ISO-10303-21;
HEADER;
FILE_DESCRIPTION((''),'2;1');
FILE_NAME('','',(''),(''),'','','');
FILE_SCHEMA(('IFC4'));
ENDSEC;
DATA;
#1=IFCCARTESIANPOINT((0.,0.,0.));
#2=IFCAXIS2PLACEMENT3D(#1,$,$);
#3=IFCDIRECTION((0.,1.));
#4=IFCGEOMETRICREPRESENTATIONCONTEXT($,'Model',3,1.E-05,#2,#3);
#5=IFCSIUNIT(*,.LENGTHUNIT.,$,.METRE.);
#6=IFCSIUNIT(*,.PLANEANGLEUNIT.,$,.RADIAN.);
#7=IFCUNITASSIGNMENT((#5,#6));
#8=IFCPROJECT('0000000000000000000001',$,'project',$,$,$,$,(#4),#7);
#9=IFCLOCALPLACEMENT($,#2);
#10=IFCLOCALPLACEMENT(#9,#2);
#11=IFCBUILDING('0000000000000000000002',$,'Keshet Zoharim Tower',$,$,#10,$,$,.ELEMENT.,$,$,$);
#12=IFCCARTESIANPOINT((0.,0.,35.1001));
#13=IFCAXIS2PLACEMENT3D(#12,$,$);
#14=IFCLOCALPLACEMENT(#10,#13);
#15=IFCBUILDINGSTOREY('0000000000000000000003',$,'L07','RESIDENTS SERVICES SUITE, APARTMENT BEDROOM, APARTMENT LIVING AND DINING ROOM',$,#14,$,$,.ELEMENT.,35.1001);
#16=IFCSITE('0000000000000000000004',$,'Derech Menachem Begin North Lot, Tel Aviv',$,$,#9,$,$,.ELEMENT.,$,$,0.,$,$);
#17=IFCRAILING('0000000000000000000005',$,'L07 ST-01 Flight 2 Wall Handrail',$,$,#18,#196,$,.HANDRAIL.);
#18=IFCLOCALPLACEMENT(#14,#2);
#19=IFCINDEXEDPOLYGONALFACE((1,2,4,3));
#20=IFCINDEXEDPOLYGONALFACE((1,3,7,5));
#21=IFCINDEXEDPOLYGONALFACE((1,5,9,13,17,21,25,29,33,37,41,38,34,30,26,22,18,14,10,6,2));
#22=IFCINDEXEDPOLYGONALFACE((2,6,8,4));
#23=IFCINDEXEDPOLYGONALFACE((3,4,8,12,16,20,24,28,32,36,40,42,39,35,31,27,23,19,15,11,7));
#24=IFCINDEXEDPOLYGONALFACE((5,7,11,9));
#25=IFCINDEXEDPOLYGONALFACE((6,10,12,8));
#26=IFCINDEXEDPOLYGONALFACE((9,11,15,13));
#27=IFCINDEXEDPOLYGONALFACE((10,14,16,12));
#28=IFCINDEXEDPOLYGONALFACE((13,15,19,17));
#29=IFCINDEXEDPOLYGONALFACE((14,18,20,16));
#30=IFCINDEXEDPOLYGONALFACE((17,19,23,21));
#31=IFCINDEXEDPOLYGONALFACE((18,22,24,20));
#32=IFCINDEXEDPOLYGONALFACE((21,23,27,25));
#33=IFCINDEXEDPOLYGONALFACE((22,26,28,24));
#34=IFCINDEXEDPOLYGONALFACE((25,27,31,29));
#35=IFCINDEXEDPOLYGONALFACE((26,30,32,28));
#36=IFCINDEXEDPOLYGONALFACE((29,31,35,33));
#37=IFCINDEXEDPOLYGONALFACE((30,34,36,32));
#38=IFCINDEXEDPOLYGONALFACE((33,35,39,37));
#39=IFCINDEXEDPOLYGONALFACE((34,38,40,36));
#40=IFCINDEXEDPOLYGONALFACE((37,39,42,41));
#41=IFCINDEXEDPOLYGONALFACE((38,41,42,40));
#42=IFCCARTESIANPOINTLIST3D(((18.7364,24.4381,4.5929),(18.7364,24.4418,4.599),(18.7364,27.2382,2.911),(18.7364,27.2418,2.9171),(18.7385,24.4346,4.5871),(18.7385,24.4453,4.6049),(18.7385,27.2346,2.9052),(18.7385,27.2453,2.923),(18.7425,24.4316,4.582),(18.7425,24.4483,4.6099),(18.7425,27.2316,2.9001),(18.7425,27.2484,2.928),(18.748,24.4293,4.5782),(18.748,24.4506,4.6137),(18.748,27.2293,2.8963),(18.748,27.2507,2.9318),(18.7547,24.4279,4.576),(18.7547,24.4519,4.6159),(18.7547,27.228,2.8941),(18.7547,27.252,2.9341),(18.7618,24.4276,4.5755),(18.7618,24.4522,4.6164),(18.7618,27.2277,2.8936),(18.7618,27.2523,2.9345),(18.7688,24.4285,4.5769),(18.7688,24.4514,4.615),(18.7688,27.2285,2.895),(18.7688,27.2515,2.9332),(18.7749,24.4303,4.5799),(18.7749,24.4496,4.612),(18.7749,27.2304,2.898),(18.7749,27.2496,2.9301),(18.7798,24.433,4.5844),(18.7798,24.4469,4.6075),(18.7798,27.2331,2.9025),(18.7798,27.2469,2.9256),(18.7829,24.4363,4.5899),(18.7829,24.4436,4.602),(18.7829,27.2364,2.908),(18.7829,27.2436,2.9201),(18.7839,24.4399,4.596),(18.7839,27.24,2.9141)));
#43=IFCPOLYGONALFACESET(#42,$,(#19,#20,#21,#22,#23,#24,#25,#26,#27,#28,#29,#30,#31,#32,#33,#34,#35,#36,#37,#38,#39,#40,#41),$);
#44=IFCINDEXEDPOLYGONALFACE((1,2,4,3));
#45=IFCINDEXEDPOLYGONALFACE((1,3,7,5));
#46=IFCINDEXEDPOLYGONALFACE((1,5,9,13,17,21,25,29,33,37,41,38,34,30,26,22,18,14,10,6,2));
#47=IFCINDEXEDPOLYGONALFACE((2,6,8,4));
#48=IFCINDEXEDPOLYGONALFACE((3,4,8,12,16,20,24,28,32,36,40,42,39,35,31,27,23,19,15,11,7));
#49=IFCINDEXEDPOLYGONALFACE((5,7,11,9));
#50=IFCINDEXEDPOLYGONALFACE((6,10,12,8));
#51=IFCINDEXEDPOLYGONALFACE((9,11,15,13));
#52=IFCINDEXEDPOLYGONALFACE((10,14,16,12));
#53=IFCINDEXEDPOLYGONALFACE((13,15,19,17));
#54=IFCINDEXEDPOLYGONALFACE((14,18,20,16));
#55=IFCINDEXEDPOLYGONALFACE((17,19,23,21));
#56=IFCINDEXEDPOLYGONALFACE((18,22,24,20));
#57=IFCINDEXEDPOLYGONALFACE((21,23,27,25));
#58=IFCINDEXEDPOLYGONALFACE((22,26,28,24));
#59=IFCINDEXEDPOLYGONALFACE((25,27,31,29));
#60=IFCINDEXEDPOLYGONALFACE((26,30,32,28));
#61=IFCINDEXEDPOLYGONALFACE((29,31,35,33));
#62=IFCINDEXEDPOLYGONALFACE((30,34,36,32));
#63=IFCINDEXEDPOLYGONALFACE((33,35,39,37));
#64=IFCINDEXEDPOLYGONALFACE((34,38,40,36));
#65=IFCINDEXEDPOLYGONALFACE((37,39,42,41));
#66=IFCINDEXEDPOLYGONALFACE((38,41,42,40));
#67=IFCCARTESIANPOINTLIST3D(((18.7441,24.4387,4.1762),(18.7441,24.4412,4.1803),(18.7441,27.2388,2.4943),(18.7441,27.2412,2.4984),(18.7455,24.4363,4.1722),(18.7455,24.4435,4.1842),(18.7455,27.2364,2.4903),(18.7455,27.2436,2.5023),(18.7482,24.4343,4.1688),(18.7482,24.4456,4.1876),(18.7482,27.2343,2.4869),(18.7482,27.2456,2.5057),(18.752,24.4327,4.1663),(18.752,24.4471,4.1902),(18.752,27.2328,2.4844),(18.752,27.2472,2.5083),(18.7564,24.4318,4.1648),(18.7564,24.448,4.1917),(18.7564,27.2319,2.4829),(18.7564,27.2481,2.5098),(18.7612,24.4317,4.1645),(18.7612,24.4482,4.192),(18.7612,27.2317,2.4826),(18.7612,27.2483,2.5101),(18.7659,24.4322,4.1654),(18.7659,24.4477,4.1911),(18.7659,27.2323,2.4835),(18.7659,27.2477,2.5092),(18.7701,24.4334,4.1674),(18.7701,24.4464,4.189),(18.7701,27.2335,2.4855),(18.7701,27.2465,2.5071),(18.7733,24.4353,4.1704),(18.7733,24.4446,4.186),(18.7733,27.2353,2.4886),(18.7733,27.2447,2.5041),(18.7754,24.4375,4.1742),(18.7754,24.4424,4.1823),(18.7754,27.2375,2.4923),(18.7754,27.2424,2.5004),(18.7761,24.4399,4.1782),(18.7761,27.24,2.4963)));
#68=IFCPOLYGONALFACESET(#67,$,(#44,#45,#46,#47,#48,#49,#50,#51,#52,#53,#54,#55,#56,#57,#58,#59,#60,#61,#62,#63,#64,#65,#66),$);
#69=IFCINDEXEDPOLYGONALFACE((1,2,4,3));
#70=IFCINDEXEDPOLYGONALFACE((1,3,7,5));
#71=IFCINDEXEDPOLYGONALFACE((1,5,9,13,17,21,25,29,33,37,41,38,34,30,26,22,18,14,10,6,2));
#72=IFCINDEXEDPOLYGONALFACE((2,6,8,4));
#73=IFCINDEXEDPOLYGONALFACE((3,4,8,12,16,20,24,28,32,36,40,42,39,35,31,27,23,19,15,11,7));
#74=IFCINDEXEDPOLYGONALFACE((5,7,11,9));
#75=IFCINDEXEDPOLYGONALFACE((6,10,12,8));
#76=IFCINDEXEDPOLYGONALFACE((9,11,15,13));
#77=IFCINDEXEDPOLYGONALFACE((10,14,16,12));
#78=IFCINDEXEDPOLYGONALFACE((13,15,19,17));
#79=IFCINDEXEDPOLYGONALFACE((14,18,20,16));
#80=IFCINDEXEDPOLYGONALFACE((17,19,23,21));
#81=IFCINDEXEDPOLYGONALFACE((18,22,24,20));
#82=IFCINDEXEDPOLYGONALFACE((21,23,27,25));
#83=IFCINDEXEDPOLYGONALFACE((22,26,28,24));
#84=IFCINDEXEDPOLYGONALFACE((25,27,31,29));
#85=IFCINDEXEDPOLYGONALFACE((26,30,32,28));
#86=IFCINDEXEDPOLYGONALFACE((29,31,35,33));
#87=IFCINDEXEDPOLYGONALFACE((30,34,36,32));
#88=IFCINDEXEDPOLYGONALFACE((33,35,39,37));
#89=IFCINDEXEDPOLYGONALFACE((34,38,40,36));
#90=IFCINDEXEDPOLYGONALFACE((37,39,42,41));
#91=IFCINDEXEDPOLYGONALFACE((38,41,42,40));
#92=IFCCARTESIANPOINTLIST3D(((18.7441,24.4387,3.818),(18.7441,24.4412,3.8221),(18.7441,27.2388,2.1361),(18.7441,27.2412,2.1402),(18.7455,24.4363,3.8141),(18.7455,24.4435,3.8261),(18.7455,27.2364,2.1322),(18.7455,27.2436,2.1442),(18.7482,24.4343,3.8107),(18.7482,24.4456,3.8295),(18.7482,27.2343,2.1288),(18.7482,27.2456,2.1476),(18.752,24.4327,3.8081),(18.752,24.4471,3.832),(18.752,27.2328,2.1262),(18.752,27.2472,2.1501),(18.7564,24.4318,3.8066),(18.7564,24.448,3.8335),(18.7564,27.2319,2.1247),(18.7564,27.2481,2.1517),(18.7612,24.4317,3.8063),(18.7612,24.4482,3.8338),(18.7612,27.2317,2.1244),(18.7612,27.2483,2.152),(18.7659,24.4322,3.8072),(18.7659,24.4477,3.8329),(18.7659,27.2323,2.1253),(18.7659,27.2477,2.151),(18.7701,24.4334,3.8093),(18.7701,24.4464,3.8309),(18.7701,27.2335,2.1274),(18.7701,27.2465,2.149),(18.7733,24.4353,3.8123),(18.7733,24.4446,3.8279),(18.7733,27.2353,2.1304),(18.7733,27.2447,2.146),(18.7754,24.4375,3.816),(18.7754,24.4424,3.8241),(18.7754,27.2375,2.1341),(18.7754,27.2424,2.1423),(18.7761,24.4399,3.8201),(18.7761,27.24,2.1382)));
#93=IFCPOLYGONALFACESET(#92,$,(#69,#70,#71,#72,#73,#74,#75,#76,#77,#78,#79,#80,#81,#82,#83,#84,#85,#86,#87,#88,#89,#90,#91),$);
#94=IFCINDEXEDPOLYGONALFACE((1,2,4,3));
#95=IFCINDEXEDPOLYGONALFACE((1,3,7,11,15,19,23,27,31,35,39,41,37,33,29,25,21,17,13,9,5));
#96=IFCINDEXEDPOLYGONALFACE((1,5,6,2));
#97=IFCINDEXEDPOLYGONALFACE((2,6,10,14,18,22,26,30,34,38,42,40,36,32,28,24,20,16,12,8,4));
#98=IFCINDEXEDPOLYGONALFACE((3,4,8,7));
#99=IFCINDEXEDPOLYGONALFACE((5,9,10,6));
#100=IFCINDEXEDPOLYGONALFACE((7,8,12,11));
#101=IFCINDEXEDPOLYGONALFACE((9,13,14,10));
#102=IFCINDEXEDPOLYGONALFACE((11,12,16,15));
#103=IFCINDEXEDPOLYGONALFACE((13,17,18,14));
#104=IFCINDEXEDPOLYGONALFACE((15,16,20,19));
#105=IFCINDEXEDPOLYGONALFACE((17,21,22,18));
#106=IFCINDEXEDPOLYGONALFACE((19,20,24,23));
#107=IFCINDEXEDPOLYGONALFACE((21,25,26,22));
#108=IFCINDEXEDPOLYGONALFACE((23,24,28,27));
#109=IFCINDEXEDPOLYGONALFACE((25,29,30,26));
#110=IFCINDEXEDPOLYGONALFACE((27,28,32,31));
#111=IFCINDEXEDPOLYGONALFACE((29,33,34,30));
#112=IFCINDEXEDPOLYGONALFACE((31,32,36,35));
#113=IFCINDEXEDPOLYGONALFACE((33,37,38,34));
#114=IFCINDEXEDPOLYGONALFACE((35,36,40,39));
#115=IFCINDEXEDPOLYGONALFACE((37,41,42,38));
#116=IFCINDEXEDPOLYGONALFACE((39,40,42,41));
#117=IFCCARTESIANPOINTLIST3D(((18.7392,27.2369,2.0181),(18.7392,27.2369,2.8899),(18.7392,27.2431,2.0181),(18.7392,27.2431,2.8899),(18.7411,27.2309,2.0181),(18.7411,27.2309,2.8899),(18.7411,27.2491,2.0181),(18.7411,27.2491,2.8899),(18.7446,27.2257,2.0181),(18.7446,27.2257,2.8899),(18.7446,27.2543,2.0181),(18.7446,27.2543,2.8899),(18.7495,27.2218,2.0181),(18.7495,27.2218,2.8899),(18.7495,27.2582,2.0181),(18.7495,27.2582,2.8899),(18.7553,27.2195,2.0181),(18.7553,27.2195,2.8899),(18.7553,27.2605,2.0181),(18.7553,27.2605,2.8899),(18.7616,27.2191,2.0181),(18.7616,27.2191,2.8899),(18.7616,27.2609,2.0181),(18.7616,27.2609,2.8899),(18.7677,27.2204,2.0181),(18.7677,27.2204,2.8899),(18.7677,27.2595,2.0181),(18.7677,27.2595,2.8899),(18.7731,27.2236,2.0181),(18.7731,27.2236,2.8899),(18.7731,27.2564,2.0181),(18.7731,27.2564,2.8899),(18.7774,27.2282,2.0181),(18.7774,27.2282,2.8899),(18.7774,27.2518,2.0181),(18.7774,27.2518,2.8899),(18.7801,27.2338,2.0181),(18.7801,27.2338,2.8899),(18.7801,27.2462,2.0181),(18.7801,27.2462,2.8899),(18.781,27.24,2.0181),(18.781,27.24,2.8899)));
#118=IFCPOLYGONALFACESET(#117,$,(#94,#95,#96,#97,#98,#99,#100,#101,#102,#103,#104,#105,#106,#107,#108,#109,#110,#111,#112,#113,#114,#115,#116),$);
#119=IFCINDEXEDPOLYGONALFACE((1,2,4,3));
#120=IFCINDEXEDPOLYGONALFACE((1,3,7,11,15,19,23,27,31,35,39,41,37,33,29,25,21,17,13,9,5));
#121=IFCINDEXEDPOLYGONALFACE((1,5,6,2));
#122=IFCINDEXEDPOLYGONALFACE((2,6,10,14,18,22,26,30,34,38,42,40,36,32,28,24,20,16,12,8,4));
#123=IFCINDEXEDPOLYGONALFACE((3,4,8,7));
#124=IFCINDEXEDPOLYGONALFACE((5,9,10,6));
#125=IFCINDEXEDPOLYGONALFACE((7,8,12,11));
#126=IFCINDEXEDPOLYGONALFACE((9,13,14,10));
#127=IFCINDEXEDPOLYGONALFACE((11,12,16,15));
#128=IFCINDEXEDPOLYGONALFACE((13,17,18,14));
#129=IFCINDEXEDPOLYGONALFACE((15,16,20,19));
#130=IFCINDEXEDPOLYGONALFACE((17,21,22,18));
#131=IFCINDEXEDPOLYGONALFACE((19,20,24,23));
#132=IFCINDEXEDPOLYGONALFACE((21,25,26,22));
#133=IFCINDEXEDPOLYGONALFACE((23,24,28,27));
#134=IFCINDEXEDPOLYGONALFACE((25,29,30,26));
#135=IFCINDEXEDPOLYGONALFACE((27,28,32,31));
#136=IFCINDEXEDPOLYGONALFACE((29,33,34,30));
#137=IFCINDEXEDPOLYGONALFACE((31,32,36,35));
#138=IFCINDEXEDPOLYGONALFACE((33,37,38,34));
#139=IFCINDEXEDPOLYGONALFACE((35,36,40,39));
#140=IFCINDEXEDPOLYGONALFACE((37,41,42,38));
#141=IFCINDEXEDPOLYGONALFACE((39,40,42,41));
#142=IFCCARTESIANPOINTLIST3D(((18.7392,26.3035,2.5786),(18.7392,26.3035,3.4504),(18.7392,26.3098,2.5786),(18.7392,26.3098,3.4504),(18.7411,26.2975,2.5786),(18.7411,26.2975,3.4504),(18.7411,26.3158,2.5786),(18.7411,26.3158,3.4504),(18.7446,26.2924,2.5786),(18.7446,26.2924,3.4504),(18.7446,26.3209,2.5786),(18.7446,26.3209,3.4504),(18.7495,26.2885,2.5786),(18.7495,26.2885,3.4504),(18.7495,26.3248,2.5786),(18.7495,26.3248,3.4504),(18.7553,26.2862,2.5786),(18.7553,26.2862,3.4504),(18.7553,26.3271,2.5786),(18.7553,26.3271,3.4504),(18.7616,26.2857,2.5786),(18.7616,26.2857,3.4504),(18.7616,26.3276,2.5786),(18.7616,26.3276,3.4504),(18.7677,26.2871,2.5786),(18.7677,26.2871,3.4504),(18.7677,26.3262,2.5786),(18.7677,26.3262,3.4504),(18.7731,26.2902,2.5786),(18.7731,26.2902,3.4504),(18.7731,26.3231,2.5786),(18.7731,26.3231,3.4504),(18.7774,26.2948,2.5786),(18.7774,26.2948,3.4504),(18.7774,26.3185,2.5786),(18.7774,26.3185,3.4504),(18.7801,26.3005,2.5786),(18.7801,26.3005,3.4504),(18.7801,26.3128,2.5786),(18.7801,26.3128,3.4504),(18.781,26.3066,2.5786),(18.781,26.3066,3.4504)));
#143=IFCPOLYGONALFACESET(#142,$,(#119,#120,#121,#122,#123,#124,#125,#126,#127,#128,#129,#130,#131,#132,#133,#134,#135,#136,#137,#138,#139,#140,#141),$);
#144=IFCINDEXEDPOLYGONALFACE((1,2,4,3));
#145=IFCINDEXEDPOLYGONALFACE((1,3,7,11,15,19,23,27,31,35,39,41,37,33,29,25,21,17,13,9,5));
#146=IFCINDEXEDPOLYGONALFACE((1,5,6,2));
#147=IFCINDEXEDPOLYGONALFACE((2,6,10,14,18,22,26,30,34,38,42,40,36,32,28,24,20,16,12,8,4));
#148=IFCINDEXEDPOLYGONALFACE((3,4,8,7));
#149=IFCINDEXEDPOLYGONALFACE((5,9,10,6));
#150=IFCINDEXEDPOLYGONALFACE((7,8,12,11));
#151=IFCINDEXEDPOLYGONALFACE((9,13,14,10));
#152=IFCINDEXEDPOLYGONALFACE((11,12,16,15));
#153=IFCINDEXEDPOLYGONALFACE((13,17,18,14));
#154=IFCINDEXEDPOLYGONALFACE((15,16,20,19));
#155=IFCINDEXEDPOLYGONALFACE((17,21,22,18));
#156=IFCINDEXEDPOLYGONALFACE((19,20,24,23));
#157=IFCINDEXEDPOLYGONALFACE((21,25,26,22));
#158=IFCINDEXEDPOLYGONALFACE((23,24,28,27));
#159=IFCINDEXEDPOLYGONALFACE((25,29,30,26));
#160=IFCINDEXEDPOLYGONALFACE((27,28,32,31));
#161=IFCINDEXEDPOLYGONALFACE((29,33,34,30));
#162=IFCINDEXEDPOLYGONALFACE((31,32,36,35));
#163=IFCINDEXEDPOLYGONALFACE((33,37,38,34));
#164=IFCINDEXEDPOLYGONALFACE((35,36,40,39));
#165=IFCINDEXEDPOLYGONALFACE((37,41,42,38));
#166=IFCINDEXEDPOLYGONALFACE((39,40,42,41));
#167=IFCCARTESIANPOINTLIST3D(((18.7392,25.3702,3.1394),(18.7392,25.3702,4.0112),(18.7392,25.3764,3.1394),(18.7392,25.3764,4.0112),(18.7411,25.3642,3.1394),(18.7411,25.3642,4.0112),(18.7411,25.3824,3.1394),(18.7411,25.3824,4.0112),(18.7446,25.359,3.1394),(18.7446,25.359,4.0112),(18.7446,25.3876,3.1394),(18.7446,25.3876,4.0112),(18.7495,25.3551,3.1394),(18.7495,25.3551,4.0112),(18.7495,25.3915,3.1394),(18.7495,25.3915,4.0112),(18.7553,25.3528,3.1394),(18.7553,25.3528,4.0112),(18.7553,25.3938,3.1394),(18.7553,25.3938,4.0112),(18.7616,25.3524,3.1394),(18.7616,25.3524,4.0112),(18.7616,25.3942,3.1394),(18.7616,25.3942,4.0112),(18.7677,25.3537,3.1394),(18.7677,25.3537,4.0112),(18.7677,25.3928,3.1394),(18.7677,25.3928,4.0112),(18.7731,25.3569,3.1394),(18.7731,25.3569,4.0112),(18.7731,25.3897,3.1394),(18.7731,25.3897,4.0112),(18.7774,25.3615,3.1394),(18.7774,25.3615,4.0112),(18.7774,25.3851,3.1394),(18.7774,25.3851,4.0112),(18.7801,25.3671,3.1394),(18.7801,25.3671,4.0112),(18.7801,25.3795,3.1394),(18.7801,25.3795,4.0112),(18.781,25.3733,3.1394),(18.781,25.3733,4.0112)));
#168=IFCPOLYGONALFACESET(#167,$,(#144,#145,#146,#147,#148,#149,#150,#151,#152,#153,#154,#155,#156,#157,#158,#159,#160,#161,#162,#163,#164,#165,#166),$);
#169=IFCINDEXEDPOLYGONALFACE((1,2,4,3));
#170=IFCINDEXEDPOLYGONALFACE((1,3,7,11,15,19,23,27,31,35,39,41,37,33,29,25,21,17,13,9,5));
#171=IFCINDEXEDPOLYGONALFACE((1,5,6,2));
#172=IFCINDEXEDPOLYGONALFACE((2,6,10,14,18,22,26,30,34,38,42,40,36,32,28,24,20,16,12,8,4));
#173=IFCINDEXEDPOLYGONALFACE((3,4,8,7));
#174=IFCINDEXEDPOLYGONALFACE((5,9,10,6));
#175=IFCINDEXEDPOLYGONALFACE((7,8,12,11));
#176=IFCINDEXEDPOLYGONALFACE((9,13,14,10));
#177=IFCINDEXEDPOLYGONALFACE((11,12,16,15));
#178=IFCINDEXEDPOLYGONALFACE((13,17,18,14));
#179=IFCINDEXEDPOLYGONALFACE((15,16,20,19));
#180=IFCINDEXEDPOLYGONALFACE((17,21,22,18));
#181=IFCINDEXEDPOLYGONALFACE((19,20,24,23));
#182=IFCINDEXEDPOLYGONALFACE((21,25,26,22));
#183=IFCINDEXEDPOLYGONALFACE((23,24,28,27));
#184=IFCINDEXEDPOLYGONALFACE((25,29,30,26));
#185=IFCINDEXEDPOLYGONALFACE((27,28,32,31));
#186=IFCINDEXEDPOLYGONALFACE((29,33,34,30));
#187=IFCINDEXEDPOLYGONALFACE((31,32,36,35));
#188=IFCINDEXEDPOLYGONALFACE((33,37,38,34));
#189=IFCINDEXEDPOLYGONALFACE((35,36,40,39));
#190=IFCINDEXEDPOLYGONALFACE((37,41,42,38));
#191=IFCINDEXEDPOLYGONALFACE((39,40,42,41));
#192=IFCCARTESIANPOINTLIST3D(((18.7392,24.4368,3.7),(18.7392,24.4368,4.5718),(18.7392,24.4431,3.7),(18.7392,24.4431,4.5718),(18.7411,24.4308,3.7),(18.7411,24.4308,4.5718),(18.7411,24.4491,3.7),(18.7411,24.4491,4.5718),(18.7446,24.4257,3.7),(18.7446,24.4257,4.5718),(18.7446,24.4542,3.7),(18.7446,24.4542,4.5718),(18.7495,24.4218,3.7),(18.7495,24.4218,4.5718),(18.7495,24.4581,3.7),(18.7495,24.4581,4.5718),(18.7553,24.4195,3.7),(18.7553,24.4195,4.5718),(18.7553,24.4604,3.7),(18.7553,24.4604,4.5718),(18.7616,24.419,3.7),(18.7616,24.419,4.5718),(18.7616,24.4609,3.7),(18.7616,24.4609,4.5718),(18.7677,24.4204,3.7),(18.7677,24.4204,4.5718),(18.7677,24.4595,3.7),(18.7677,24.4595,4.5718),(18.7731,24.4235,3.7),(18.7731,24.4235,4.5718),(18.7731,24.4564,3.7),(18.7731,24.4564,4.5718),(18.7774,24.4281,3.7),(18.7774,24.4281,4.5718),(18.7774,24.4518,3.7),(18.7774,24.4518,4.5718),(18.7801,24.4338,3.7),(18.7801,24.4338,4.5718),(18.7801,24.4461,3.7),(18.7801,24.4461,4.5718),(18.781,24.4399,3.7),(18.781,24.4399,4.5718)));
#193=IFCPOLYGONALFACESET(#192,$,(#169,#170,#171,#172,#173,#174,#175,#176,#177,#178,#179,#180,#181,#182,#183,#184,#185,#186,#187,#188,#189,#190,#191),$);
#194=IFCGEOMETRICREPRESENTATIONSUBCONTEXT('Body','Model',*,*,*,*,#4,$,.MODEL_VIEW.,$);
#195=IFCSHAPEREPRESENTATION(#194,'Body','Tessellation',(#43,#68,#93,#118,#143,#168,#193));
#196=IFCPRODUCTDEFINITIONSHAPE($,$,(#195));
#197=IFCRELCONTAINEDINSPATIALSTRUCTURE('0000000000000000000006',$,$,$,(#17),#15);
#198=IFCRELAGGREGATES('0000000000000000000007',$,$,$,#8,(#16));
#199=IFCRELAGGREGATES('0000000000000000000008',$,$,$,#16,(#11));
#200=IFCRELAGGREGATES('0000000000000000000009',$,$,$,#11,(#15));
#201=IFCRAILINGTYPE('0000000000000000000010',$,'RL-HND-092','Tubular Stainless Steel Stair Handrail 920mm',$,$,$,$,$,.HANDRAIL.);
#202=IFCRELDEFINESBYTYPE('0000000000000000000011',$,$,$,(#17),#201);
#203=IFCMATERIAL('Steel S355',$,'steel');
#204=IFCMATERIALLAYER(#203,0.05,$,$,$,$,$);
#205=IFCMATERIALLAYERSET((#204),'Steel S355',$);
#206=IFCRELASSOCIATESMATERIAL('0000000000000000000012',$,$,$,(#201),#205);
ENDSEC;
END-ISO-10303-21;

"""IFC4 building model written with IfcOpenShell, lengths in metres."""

from ifc_helpers import new_model, si_unit, direction, frame, origin, origin_2d, place, context, subcontext, project, spatial, circle, extrude, material, layer, layer_set, type_object, element, save


model = new_model("IFC4")

# Units and contexts
model_context = context("Model", 3, precision=1e-05, world=origin(), true_north=direction((0.0, 1.0)))
body_context = subcontext(model_context, "Body", "Model", "MODEL_VIEW")
ifc_project = project(units=[si_unit("LENGTHUNIT", "METRE"), si_unit("PLANEANGLEUNIT", "RADIAN")], contexts=[model_context])

# Site, building, storey
site_placement = place(None, origin())
site = spatial("IfcSite", under=ifc_project, at=site_placement, Name="Derech Menachem Begin North Lot, Tel Aviv", CompositionType="ELEMENT", RefElevation=0.0)
building_placement = place(site_placement, origin())
building = spatial("IfcBuilding", under=site, at=building_placement, Name="Keshet Zoharim Tower", CompositionType="ELEMENT")
storey_placement = place(building_placement, frame((0.0, 0.0, 35.1001)))
storey = spatial("IfcBuildingStorey", under=building, at=storey_placement, Name="L07", Description="RESIDENTS SERVICES SUITE, APARTMENT BEDROOM, APARTMENT LIVING AND DINING ROOM", CompositionType="ELEMENT", Elevation=35.1001)

# Shared definitions
ifc_material_1 = material(Name="Steel S355", Category="steel")

# Railing
ifc_layer_1 = layer(ifc_material_1, 0.05)
ifc_layer_set_1 = layer_set([ifc_layer_1], Name="Steel S355")
railing_type_1 = type_object("IfcRailingType", Name="RL-HND-092", Description="Tubular Stainless Steel Stair Handrail 920mm", PredefinedType="HANDRAIL", material=ifc_layer_set_1)
railing_1_placement = place(storey_placement, frame((18.76, 27.24, 2.0181)))
element("IfcRailing", 1, at=railing_1_placement, inside=storey, type_object=railing_type_1, Name="L07 ST-01 Flight 2 Wall Handrail", PredefinedType="HANDRAIL", context=body_context, shape_type="SweptSolid", body=[
    extrude(circle(Radius=0.0239, at=origin_2d()), frame((0.0, 0.0, 0.896), z_axis=(0.0, -0.857242, 0.514913), x_axis=(1.0, 0.0, 0.0)), (0.0, 0.0, 1.0), 3.2664),
    extrude(circle(Radius=0.0161, at=origin_2d()), frame((0.0, 0.0, 0.4783), z_axis=(0.0, -0.857242, 0.514913), x_axis=(1.0, 0.0, 0.0)), (0.0, 0.0, 1.0), 3.2664),
    extrude(circle(Radius=0.0161, at=origin_2d()), frame((0.0, 0.0, 0.1201), z_axis=(0.0, -0.857242, 0.514913), x_axis=(1.0, 0.0, 0.0)), (0.0, 0.0, 1.0), 3.2664),
    extrude(circle(Radius=0.021, at=origin_2d()), origin(), (0.0, 0.0, 1.0), 0.8718),
    extrude(circle(Radius=0.021, at=origin_2d()), frame((0.0, -0.9333, 0.5605)), (0.0, 0.0, 1.0), 0.8718),
    extrude(circle(Radius=0.021, at=origin_2d()), frame((0.0, -1.8667, 1.1213)), (0.0, 0.0, 1.0), 0.8718),
    extrude(circle(Radius=0.021, at=origin_2d()), frame((0.0, -2.8, 1.6819)), (0.0, 0.0, 1.0), 0.8718),
])

save(model, "model.ifc")
